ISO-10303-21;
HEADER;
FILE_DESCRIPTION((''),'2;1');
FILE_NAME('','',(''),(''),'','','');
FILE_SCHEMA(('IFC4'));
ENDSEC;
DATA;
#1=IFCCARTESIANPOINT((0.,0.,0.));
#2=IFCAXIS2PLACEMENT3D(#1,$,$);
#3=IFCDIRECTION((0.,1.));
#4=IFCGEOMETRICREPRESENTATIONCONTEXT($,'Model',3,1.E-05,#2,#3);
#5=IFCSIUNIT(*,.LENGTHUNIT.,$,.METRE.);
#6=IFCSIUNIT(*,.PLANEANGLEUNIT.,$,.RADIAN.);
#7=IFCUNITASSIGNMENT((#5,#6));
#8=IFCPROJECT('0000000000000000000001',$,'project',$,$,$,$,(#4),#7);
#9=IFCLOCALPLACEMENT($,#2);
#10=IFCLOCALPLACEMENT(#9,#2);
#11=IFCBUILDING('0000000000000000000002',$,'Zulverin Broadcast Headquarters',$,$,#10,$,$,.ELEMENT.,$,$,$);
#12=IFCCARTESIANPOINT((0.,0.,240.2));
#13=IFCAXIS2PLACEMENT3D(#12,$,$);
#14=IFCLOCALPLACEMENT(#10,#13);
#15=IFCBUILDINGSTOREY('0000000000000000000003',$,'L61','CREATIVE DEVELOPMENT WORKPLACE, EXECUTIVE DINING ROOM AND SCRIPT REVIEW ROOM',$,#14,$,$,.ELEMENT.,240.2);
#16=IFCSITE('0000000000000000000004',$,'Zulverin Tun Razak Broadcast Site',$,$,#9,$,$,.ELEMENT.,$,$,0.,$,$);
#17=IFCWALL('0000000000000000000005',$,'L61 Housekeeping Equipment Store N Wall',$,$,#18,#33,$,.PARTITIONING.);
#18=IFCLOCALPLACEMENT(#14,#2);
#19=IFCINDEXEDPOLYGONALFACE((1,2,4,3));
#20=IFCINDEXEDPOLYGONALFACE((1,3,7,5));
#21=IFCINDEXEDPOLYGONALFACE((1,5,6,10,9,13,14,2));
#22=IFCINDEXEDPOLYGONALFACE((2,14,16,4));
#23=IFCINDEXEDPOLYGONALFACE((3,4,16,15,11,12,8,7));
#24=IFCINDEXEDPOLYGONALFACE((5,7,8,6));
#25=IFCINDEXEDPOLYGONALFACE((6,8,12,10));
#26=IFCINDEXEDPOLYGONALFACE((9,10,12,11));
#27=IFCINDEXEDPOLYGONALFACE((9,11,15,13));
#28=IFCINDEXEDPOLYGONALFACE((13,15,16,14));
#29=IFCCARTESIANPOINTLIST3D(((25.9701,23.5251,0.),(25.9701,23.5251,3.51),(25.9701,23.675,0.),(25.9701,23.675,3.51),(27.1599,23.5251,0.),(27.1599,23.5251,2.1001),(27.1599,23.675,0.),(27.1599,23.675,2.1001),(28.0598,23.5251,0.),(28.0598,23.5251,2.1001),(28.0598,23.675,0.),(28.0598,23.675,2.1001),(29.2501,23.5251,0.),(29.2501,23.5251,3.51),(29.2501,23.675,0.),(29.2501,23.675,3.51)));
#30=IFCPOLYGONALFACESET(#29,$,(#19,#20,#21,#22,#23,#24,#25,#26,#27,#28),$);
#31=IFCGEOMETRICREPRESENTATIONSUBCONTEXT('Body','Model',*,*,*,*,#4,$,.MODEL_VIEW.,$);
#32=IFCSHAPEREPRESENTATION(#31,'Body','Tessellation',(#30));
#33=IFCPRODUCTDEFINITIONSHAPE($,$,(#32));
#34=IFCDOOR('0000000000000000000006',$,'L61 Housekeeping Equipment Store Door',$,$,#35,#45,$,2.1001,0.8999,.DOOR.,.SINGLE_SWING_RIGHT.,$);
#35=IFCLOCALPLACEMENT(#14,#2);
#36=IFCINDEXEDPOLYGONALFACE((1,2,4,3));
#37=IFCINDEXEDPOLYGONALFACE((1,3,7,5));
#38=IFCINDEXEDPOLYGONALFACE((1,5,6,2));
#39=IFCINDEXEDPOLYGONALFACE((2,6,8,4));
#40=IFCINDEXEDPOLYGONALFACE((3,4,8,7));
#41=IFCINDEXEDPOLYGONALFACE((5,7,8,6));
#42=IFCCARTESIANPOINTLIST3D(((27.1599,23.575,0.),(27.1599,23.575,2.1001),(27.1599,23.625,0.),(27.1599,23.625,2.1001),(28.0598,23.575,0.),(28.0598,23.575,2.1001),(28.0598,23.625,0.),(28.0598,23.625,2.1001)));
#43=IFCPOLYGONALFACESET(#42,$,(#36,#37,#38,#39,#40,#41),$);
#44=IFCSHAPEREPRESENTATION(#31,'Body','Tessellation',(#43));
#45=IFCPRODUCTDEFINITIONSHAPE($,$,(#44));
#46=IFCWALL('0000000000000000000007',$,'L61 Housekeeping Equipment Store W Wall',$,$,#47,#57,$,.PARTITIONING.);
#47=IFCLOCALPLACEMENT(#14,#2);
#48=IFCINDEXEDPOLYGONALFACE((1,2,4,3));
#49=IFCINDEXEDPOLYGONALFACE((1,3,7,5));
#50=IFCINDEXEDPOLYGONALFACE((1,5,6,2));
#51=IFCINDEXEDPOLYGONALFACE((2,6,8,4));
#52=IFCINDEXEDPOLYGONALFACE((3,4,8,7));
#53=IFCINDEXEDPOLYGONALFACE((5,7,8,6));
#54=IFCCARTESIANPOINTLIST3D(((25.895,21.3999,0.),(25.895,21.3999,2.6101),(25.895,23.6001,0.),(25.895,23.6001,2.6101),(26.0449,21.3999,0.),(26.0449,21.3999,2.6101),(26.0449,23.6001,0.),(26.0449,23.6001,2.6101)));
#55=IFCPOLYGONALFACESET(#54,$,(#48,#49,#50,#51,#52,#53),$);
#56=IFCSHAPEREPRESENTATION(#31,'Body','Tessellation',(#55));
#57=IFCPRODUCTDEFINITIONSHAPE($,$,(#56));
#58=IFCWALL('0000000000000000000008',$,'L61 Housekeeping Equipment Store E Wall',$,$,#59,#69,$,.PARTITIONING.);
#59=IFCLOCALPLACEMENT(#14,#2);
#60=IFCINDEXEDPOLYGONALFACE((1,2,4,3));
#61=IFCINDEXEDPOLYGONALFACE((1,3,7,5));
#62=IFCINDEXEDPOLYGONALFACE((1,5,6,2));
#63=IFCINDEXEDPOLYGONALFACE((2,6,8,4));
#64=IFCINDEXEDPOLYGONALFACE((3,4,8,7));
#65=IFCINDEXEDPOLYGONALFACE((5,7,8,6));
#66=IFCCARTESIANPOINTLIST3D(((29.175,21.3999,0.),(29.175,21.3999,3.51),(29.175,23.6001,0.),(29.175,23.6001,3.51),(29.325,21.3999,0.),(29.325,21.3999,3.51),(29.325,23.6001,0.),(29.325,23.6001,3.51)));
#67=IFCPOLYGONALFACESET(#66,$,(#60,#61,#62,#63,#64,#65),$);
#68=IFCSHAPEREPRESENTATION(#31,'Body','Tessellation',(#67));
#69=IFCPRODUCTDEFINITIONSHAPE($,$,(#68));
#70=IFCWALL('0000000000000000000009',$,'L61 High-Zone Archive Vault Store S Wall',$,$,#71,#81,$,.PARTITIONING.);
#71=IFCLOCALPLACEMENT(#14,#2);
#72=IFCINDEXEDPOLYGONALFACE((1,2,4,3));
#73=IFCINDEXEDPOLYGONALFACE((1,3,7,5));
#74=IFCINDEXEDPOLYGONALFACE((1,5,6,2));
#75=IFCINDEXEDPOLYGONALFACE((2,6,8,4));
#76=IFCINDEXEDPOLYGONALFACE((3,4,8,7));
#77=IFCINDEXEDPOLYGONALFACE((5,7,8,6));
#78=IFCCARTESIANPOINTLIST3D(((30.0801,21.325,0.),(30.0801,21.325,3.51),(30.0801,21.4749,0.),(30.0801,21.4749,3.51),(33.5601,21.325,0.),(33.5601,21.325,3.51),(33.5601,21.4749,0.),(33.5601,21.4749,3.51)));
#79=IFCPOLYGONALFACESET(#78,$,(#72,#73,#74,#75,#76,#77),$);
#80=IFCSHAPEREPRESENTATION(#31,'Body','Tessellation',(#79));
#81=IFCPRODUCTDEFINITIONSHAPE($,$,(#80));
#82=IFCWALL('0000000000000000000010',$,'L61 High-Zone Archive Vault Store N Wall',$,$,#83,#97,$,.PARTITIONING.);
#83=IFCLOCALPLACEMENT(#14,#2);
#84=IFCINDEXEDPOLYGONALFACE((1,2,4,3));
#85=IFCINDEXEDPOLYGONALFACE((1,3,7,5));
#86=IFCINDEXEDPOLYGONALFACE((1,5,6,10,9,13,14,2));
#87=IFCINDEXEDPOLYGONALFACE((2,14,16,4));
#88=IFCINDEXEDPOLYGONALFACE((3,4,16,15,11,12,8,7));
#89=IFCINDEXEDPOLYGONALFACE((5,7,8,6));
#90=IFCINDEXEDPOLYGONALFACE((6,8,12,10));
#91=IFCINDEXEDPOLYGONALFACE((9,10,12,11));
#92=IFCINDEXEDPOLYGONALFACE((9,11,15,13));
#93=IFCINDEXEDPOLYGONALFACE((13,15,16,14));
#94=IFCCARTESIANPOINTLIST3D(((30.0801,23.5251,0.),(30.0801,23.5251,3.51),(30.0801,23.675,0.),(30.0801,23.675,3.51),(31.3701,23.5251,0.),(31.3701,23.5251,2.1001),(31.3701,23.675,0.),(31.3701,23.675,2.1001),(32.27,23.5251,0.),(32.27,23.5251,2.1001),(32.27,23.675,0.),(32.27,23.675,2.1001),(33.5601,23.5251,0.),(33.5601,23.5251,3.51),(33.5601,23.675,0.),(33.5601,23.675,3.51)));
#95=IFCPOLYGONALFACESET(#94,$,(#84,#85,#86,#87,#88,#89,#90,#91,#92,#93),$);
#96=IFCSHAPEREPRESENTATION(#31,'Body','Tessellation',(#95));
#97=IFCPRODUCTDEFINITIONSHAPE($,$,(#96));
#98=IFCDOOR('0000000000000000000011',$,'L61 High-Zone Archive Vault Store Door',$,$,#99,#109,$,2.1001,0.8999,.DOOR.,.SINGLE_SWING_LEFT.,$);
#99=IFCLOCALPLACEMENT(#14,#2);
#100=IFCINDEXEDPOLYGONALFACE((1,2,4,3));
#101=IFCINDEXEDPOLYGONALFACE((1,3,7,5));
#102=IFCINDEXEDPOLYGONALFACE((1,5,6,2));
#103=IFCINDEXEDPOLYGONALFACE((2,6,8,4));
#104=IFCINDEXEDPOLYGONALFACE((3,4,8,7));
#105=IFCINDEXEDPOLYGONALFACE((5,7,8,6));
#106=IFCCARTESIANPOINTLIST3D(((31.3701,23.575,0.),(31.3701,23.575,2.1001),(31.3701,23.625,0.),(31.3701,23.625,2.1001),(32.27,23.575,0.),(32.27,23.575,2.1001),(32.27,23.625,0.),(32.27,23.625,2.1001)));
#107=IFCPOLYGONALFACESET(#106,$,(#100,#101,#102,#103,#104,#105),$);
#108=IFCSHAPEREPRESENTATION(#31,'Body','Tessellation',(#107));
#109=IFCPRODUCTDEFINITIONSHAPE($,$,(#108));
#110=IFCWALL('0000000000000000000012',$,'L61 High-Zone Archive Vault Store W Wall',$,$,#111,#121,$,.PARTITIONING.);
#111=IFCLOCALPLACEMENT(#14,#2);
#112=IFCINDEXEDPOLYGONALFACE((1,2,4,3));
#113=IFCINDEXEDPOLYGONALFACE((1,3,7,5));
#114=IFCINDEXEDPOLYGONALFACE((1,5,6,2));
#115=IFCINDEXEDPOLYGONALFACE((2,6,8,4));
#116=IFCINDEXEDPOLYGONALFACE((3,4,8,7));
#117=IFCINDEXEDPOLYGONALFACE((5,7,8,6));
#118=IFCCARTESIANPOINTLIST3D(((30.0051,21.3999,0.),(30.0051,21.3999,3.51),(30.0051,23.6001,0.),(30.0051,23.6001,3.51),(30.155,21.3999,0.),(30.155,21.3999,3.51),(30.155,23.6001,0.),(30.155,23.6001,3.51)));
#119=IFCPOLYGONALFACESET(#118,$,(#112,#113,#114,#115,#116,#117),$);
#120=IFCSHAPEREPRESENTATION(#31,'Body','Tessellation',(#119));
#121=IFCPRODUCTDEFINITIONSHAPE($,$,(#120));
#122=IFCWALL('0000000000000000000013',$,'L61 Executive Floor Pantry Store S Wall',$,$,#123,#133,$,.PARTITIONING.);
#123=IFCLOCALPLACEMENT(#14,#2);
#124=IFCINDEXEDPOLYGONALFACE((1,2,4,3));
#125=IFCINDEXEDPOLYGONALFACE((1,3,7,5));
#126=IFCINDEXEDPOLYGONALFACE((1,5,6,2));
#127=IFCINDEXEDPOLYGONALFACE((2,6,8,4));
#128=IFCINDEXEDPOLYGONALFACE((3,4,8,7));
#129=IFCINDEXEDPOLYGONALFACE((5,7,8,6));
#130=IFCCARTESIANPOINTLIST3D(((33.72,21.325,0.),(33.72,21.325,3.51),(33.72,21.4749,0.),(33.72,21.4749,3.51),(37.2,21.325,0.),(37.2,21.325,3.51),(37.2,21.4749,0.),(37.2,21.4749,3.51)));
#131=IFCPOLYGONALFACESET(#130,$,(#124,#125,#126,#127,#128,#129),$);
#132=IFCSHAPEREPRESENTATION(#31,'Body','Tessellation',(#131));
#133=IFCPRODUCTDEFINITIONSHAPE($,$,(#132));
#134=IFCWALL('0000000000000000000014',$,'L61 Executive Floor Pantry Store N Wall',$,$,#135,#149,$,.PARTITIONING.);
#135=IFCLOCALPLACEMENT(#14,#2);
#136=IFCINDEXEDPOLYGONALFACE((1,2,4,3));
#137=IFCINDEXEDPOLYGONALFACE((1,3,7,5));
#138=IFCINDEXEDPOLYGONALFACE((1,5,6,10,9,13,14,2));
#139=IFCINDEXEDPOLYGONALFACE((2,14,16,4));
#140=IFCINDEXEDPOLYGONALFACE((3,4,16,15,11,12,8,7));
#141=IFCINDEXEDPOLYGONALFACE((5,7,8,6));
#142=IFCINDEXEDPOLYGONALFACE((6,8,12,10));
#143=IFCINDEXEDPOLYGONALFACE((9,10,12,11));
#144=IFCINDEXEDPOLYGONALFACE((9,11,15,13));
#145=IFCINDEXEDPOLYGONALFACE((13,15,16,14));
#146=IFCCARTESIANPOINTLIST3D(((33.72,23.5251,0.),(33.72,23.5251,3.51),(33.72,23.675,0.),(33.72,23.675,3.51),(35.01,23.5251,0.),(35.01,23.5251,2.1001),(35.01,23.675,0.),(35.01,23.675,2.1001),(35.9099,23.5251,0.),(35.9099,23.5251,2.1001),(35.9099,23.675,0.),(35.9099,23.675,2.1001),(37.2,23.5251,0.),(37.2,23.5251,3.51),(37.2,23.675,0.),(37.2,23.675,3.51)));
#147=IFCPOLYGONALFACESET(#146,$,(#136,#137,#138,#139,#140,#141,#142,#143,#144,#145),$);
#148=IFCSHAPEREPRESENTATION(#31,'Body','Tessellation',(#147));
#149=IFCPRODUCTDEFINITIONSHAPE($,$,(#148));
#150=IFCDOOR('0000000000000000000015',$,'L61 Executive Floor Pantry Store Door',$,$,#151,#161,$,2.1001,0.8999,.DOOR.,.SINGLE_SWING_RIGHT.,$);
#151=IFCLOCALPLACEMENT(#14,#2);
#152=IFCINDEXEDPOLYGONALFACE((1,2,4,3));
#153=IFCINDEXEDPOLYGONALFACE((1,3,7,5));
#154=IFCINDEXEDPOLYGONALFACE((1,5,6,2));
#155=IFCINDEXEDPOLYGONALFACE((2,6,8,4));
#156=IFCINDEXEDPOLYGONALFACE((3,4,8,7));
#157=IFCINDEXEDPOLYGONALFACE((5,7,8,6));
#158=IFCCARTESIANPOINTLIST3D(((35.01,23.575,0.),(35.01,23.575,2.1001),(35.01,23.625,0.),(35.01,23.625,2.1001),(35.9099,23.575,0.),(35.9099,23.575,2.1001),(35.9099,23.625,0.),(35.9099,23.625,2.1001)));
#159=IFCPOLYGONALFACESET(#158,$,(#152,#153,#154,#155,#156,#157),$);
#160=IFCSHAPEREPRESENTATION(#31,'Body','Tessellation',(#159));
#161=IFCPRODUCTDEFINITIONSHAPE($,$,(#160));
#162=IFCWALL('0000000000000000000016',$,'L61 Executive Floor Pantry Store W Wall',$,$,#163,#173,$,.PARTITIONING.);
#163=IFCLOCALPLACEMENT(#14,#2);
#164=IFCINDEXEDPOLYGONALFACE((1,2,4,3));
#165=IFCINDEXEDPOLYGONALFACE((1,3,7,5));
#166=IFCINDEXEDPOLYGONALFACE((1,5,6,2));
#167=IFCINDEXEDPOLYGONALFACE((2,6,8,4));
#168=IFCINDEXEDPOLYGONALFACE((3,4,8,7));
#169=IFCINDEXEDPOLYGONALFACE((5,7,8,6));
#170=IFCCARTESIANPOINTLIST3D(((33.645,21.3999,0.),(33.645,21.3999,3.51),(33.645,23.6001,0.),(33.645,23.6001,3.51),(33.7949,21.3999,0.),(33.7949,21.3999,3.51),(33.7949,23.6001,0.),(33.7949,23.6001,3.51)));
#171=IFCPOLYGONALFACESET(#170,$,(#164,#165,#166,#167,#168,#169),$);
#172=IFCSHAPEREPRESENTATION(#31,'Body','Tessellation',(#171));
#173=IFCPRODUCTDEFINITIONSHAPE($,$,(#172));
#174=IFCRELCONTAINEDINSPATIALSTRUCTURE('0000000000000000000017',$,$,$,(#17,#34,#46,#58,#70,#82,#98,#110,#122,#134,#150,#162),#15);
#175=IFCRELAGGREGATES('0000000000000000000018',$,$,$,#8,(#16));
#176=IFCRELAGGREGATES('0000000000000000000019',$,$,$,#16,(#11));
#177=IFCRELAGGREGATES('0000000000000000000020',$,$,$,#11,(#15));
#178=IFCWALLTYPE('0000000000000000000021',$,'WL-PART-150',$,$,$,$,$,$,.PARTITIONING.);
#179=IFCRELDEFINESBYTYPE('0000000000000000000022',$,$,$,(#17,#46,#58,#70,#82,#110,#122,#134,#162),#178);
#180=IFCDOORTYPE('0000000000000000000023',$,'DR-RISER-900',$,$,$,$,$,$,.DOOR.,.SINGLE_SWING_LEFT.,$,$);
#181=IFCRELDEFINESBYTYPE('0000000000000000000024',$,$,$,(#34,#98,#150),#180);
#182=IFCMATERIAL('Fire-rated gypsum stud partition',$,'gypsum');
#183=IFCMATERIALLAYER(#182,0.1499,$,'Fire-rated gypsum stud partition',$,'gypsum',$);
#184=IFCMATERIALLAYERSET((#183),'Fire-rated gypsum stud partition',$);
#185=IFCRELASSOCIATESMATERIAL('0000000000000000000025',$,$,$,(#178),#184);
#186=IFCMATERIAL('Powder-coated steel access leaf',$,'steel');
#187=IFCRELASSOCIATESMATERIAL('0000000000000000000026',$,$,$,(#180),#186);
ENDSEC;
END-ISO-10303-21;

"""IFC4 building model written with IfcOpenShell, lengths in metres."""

from ifc_helpers import new_model, si_unit, direction, frame, frame_2d, origin, place, context, subcontext, project, spatial, rectangle, extrude, material, layer, layer_set, type_object, element, fill, save


model = new_model("IFC4")

# Units and contexts
model_context = context("Model", 3, precision=1e-05, world=origin(), true_north=direction((0.0, 1.0)))
body_context = subcontext(model_context, "Body", "Model", "MODEL_VIEW")
ifc_project = project(units=[si_unit("LENGTHUNIT", "METRE"), si_unit("PLANEANGLEUNIT", "RADIAN")], contexts=[model_context])

# Site, building, storey
site_placement = place(None, origin())
site = spatial("IfcSite", under=ifc_project, at=site_placement, Name="Zulverin Tun Razak Broadcast Site", CompositionType="ELEMENT", RefElevation=0.0)
building_placement = place(site_placement, origin())
building = spatial("IfcBuilding", under=site, at=building_placement, Name="Zulverin Broadcast Headquarters", CompositionType="ELEMENT")
storey_placement = place(building_placement, frame((0.0, 0.0, 240.2)))
storey = spatial("IfcBuildingStorey", under=building, at=storey_placement, Name="L61", Description="CREATIVE DEVELOPMENT WORKPLACE, EXECUTIVE DINING ROOM AND SCRIPT REVIEW ROOM", CompositionType="ELEMENT", Elevation=240.2)

# Shared definitions
ifc_material_1 = material(Name="Fire-rated gypsum stud partition", Category="gypsum")
ifc_layer = layer(ifc_material_1, 0.1499, Name="Fire-rated gypsum stud partition", Category="gypsum")
ifc_layer_set = layer_set([ifc_layer], Name="Fire-rated gypsum stud partition")
wall_type = type_object("IfcWallType", Name="WL-PART-150", PredefinedType="PARTITIONING", material=ifc_layer_set)
ifc_material_2 = material(Name="Powder-coated steel access leaf", Category="steel")
door_type_1 = type_object("IfcDoorType", Name="DR-RISER-900", OperationType="SINGLE_SWING_LEFT", PredefinedType="DOOR", material=ifc_material_2)

# Wall, opening, door
wall_1_placement = place(storey_placement, frame((25.97, 23.6001, 0.0), z_axis=(0.0, 0.0, 1.0), x_axis=(1.0, 0.0, 0.0)))
wall_1 = element("IfcWall", 1, at=wall_1_placement, inside=storey, type_object=wall_type, Name="L61 Housekeeping Equipment Store N Wall", PredefinedType="PARTITIONING", context=body_context, shape_type="SweptSolid", body=[
    extrude(rectangle(XDim=3.28, YDim=0.1499, at=frame_2d((1.6401, 0.0))), origin(), (0.0, 0.0, 1.0), 3.51),
])
opening_1_placement = place(wall_1_placement, frame((1.1899, 0.0, 0.0)))
opening_1 = element("IfcOpeningElement", 2, at=opening_1_placement, cuts=wall_1, PredefinedType="OPENING", context=body_context, shape_type="SweptSolid", body=[
    extrude(rectangle(XDim=0.8999, YDim=2.1001, at=frame_2d((0.45, 1.05))), frame((0.0, 0.085, 0.0), z_axis=(0.0, -1.0, 0.0), x_axis=(1.0, 0.0, 0.0)), (0.0, 0.0, 1.0), 0.1699),
])
door_1_placement = place(opening_1_placement, origin())
door_1 = element("IfcDoor", 3, at=door_1_placement, inside=storey, type_object=door_type_1, Name="L61 Housekeeping Equipment Store Door", OperationType="SINGLE_SWING_RIGHT", OverallHeight=2.1001, OverallWidth=0.8999, PredefinedType="DOOR", context=body_context, shape_type="SweptSolid", body=[
    extrude(rectangle(XDim=0.8999, YDim=2.1001, at=frame_2d((0.45, 1.05))), frame((0.0, 0.0249, 0.0), z_axis=(0.0, -1.0, 0.0), x_axis=(1.0, 0.0, 0.0)), (0.0, 0.0, 1.0), 0.05),
])
fill(opening_1, door_1)

# Walls
wall_2_placement = place(storey_placement, frame((25.97, 21.3999, 0.0), z_axis=(0.0, 0.0, 1.0), x_axis=(0.0, 1.0, 0.0)))
element("IfcWall", 4, at=wall_2_placement, inside=storey, type_object=wall_type, Name="L61 Housekeeping Equipment Store W Wall", PredefinedType="PARTITIONING", context=body_context, shape_type="SweptSolid", body=[
    extrude(rectangle(XDim=2.2002, YDim=0.1499, at=frame_2d((1.1001, 0.0))), origin(), (0.0, 0.0, 1.0), 2.6101),
])
wall_3_placement = place(storey_placement, frame((29.25, 21.3999, 0.0), z_axis=(0.0, 0.0, 1.0), x_axis=(0.0, 1.0, 0.0)))
element("IfcWall", 5, at=wall_3_placement, inside=storey, type_object=wall_type, Name="L61 Housekeeping Equipment Store E Wall", PredefinedType="PARTITIONING", context=body_context, shape_type="SweptSolid", body=[
    extrude(rectangle(XDim=2.2002, YDim=0.1499, at=frame_2d((1.1001, 0.0))), origin(), (0.0, 0.0, 1.0), 3.51),
])
wall_4_placement = place(storey_placement, frame((30.0801, 21.3999, 0.0), z_axis=(0.0, 0.0, 1.0), x_axis=(1.0, 0.0, 0.0)))
element("IfcWall", 6, at=wall_4_placement, inside=storey, type_object=wall_type, Name="L61 High-Zone Archive Vault Store S Wall", PredefinedType="PARTITIONING", context=body_context, shape_type="SweptSolid", body=[
    extrude(rectangle(XDim=3.48, YDim=0.1499, at=frame_2d((1.74, 0.0))), origin(), (0.0, 0.0, 1.0), 3.51),
])

# Wall, opening, door
wall_5_placement = place(storey_placement, frame((30.0801, 23.6001, 0.0), z_axis=(0.0, 0.0, 1.0), x_axis=(1.0, 0.0, 0.0)))
wall_5 = element("IfcWall", 7, at=wall_5_placement, inside=storey, type_object=wall_type, Name="L61 High-Zone Archive Vault Store N Wall", PredefinedType="PARTITIONING", context=body_context, shape_type="SweptSolid", body=[
    extrude(rectangle(XDim=3.48, YDim=0.1499, at=frame_2d((1.74, 0.0))), origin(), (0.0, 0.0, 1.0), 3.51),
])
opening_2_placement = place(wall_5_placement, frame((1.29, 0.0, 0.0)))
opening_2 = element("IfcOpeningElement", 8, at=opening_2_placement, cuts=wall_5, PredefinedType="OPENING", context=body_context, shape_type="SweptSolid", body=[
    extrude(rectangle(XDim=0.8999, YDim=2.1001, at=frame_2d((0.45, 1.05))), frame((0.0, 0.085, 0.0), z_axis=(0.0, -1.0, 0.0), x_axis=(1.0, 0.0, 0.0)), (0.0, 0.0, 1.0), 0.1699),
])
door_2_placement = place(opening_2_placement, origin())
door_2 = element("IfcDoor", 9, at=door_2_placement, inside=storey, type_object=door_type_1, Name="L61 High-Zone Archive Vault Store Door", OperationType="SINGLE_SWING_LEFT", OverallHeight=2.1001, OverallWidth=0.8999, PredefinedType="DOOR", context=body_context, shape_type="SweptSolid", body=[
    extrude(rectangle(XDim=0.8999, YDim=2.1001, at=frame_2d((0.45, 1.05))), frame((0.0, 0.0249, 0.0), z_axis=(0.0, -1.0, 0.0), x_axis=(1.0, 0.0, 0.0)), (0.0, 0.0, 1.0), 0.05),
])
fill(opening_2, door_2)

# Walls
wall_6_placement = place(storey_placement, frame((30.0801, 21.3999, 0.0), z_axis=(0.0, 0.0, 1.0), x_axis=(0.0, 1.0, 0.0)))
element("IfcWall", 10, at=wall_6_placement, inside=storey, type_object=wall_type, Name="L61 High-Zone Archive Vault Store W Wall", PredefinedType="PARTITIONING", context=body_context, shape_type="SweptSolid", body=[
    extrude(rectangle(XDim=2.2002, YDim=0.1499, at=frame_2d((1.1001, 0.0))), origin(), (0.0, 0.0, 1.0), 3.51),
])
wall_7_placement = place(storey_placement, frame((33.72, 21.3999, 0.0), z_axis=(0.0, 0.0, 1.0), x_axis=(1.0, 0.0, 0.0)))
element("IfcWall", 11, at=wall_7_placement, inside=storey, type_object=wall_type, Name="L61 Executive Floor Pantry Store S Wall", PredefinedType="PARTITIONING", context=body_context, shape_type="SweptSolid", body=[
    extrude(rectangle(XDim=3.48, YDim=0.1499, at=frame_2d((1.74, 0.0))), origin(), (0.0, 0.0, 1.0), 3.51),
])

# Wall, opening, door
wall_8_placement = place(storey_placement, frame((33.72, 23.6001, 0.0), z_axis=(0.0, 0.0, 1.0), x_axis=(1.0, 0.0, 0.0)))
wall_8 = element("IfcWall", 12, at=wall_8_placement, inside=storey, type_object=wall_type, Name="L61 Executive Floor Pantry Store N Wall", PredefinedType="PARTITIONING", context=body_context, shape_type="SweptSolid", body=[
    extrude(rectangle(XDim=3.48, YDim=0.1499, at=frame_2d((1.74, 0.0))), origin(), (0.0, 0.0, 1.0), 3.51),
])
opening_3_placement = place(wall_8_placement, frame((1.29, 0.0, 0.0)))
opening_3 = element("IfcOpeningElement", 13, at=opening_3_placement, cuts=wall_8, PredefinedType="OPENING", context=body_context, shape_type="SweptSolid", body=[
    extrude(rectangle(XDim=0.8999, YDim=2.1001, at=frame_2d((0.45, 1.05))), frame((0.0, 0.085, 0.0), z_axis=(0.0, -1.0, 0.0), x_axis=(1.0, 0.0, 0.0)), (0.0, 0.0, 1.0), 0.1699),
])
door_3_placement = place(opening_3_placement, origin())
door_3 = element("IfcDoor", 14, at=door_3_placement, inside=storey, type_object=door_type_1, Name="L61 Executive Floor Pantry Store Door", OperationType="SINGLE_SWING_RIGHT", OverallHeight=2.1001, OverallWidth=0.8999, PredefinedType="DOOR", context=body_context, shape_type="SweptSolid", body=[
    extrude(rectangle(XDim=0.8999, YDim=2.1001, at=frame_2d((0.45, 1.05))), frame((0.0, 0.0249, 0.0), z_axis=(0.0, -1.0, 0.0), x_axis=(1.0, 0.0, 0.0)), (0.0, 0.0, 1.0), 0.05),
])
fill(opening_3, door_3)

# Wall
wall_9_placement = place(storey_placement, frame((33.72, 21.3999, 0.0), z_axis=(0.0, 0.0, 1.0), x_axis=(0.0, 1.0, 0.0)))
element("IfcWall", 15, at=wall_9_placement, inside=storey, type_object=wall_type, Name="L61 Executive Floor Pantry Store W Wall", PredefinedType="PARTITIONING", context=body_context, shape_type="SweptSolid", body=[
    extrude(rectangle(XDim=2.2002, YDim=0.1499, at=frame_2d((1.1001, 0.0))), origin(), (0.0, 0.0, 1.0), 3.51),
])

save(model, "model.ifc")
